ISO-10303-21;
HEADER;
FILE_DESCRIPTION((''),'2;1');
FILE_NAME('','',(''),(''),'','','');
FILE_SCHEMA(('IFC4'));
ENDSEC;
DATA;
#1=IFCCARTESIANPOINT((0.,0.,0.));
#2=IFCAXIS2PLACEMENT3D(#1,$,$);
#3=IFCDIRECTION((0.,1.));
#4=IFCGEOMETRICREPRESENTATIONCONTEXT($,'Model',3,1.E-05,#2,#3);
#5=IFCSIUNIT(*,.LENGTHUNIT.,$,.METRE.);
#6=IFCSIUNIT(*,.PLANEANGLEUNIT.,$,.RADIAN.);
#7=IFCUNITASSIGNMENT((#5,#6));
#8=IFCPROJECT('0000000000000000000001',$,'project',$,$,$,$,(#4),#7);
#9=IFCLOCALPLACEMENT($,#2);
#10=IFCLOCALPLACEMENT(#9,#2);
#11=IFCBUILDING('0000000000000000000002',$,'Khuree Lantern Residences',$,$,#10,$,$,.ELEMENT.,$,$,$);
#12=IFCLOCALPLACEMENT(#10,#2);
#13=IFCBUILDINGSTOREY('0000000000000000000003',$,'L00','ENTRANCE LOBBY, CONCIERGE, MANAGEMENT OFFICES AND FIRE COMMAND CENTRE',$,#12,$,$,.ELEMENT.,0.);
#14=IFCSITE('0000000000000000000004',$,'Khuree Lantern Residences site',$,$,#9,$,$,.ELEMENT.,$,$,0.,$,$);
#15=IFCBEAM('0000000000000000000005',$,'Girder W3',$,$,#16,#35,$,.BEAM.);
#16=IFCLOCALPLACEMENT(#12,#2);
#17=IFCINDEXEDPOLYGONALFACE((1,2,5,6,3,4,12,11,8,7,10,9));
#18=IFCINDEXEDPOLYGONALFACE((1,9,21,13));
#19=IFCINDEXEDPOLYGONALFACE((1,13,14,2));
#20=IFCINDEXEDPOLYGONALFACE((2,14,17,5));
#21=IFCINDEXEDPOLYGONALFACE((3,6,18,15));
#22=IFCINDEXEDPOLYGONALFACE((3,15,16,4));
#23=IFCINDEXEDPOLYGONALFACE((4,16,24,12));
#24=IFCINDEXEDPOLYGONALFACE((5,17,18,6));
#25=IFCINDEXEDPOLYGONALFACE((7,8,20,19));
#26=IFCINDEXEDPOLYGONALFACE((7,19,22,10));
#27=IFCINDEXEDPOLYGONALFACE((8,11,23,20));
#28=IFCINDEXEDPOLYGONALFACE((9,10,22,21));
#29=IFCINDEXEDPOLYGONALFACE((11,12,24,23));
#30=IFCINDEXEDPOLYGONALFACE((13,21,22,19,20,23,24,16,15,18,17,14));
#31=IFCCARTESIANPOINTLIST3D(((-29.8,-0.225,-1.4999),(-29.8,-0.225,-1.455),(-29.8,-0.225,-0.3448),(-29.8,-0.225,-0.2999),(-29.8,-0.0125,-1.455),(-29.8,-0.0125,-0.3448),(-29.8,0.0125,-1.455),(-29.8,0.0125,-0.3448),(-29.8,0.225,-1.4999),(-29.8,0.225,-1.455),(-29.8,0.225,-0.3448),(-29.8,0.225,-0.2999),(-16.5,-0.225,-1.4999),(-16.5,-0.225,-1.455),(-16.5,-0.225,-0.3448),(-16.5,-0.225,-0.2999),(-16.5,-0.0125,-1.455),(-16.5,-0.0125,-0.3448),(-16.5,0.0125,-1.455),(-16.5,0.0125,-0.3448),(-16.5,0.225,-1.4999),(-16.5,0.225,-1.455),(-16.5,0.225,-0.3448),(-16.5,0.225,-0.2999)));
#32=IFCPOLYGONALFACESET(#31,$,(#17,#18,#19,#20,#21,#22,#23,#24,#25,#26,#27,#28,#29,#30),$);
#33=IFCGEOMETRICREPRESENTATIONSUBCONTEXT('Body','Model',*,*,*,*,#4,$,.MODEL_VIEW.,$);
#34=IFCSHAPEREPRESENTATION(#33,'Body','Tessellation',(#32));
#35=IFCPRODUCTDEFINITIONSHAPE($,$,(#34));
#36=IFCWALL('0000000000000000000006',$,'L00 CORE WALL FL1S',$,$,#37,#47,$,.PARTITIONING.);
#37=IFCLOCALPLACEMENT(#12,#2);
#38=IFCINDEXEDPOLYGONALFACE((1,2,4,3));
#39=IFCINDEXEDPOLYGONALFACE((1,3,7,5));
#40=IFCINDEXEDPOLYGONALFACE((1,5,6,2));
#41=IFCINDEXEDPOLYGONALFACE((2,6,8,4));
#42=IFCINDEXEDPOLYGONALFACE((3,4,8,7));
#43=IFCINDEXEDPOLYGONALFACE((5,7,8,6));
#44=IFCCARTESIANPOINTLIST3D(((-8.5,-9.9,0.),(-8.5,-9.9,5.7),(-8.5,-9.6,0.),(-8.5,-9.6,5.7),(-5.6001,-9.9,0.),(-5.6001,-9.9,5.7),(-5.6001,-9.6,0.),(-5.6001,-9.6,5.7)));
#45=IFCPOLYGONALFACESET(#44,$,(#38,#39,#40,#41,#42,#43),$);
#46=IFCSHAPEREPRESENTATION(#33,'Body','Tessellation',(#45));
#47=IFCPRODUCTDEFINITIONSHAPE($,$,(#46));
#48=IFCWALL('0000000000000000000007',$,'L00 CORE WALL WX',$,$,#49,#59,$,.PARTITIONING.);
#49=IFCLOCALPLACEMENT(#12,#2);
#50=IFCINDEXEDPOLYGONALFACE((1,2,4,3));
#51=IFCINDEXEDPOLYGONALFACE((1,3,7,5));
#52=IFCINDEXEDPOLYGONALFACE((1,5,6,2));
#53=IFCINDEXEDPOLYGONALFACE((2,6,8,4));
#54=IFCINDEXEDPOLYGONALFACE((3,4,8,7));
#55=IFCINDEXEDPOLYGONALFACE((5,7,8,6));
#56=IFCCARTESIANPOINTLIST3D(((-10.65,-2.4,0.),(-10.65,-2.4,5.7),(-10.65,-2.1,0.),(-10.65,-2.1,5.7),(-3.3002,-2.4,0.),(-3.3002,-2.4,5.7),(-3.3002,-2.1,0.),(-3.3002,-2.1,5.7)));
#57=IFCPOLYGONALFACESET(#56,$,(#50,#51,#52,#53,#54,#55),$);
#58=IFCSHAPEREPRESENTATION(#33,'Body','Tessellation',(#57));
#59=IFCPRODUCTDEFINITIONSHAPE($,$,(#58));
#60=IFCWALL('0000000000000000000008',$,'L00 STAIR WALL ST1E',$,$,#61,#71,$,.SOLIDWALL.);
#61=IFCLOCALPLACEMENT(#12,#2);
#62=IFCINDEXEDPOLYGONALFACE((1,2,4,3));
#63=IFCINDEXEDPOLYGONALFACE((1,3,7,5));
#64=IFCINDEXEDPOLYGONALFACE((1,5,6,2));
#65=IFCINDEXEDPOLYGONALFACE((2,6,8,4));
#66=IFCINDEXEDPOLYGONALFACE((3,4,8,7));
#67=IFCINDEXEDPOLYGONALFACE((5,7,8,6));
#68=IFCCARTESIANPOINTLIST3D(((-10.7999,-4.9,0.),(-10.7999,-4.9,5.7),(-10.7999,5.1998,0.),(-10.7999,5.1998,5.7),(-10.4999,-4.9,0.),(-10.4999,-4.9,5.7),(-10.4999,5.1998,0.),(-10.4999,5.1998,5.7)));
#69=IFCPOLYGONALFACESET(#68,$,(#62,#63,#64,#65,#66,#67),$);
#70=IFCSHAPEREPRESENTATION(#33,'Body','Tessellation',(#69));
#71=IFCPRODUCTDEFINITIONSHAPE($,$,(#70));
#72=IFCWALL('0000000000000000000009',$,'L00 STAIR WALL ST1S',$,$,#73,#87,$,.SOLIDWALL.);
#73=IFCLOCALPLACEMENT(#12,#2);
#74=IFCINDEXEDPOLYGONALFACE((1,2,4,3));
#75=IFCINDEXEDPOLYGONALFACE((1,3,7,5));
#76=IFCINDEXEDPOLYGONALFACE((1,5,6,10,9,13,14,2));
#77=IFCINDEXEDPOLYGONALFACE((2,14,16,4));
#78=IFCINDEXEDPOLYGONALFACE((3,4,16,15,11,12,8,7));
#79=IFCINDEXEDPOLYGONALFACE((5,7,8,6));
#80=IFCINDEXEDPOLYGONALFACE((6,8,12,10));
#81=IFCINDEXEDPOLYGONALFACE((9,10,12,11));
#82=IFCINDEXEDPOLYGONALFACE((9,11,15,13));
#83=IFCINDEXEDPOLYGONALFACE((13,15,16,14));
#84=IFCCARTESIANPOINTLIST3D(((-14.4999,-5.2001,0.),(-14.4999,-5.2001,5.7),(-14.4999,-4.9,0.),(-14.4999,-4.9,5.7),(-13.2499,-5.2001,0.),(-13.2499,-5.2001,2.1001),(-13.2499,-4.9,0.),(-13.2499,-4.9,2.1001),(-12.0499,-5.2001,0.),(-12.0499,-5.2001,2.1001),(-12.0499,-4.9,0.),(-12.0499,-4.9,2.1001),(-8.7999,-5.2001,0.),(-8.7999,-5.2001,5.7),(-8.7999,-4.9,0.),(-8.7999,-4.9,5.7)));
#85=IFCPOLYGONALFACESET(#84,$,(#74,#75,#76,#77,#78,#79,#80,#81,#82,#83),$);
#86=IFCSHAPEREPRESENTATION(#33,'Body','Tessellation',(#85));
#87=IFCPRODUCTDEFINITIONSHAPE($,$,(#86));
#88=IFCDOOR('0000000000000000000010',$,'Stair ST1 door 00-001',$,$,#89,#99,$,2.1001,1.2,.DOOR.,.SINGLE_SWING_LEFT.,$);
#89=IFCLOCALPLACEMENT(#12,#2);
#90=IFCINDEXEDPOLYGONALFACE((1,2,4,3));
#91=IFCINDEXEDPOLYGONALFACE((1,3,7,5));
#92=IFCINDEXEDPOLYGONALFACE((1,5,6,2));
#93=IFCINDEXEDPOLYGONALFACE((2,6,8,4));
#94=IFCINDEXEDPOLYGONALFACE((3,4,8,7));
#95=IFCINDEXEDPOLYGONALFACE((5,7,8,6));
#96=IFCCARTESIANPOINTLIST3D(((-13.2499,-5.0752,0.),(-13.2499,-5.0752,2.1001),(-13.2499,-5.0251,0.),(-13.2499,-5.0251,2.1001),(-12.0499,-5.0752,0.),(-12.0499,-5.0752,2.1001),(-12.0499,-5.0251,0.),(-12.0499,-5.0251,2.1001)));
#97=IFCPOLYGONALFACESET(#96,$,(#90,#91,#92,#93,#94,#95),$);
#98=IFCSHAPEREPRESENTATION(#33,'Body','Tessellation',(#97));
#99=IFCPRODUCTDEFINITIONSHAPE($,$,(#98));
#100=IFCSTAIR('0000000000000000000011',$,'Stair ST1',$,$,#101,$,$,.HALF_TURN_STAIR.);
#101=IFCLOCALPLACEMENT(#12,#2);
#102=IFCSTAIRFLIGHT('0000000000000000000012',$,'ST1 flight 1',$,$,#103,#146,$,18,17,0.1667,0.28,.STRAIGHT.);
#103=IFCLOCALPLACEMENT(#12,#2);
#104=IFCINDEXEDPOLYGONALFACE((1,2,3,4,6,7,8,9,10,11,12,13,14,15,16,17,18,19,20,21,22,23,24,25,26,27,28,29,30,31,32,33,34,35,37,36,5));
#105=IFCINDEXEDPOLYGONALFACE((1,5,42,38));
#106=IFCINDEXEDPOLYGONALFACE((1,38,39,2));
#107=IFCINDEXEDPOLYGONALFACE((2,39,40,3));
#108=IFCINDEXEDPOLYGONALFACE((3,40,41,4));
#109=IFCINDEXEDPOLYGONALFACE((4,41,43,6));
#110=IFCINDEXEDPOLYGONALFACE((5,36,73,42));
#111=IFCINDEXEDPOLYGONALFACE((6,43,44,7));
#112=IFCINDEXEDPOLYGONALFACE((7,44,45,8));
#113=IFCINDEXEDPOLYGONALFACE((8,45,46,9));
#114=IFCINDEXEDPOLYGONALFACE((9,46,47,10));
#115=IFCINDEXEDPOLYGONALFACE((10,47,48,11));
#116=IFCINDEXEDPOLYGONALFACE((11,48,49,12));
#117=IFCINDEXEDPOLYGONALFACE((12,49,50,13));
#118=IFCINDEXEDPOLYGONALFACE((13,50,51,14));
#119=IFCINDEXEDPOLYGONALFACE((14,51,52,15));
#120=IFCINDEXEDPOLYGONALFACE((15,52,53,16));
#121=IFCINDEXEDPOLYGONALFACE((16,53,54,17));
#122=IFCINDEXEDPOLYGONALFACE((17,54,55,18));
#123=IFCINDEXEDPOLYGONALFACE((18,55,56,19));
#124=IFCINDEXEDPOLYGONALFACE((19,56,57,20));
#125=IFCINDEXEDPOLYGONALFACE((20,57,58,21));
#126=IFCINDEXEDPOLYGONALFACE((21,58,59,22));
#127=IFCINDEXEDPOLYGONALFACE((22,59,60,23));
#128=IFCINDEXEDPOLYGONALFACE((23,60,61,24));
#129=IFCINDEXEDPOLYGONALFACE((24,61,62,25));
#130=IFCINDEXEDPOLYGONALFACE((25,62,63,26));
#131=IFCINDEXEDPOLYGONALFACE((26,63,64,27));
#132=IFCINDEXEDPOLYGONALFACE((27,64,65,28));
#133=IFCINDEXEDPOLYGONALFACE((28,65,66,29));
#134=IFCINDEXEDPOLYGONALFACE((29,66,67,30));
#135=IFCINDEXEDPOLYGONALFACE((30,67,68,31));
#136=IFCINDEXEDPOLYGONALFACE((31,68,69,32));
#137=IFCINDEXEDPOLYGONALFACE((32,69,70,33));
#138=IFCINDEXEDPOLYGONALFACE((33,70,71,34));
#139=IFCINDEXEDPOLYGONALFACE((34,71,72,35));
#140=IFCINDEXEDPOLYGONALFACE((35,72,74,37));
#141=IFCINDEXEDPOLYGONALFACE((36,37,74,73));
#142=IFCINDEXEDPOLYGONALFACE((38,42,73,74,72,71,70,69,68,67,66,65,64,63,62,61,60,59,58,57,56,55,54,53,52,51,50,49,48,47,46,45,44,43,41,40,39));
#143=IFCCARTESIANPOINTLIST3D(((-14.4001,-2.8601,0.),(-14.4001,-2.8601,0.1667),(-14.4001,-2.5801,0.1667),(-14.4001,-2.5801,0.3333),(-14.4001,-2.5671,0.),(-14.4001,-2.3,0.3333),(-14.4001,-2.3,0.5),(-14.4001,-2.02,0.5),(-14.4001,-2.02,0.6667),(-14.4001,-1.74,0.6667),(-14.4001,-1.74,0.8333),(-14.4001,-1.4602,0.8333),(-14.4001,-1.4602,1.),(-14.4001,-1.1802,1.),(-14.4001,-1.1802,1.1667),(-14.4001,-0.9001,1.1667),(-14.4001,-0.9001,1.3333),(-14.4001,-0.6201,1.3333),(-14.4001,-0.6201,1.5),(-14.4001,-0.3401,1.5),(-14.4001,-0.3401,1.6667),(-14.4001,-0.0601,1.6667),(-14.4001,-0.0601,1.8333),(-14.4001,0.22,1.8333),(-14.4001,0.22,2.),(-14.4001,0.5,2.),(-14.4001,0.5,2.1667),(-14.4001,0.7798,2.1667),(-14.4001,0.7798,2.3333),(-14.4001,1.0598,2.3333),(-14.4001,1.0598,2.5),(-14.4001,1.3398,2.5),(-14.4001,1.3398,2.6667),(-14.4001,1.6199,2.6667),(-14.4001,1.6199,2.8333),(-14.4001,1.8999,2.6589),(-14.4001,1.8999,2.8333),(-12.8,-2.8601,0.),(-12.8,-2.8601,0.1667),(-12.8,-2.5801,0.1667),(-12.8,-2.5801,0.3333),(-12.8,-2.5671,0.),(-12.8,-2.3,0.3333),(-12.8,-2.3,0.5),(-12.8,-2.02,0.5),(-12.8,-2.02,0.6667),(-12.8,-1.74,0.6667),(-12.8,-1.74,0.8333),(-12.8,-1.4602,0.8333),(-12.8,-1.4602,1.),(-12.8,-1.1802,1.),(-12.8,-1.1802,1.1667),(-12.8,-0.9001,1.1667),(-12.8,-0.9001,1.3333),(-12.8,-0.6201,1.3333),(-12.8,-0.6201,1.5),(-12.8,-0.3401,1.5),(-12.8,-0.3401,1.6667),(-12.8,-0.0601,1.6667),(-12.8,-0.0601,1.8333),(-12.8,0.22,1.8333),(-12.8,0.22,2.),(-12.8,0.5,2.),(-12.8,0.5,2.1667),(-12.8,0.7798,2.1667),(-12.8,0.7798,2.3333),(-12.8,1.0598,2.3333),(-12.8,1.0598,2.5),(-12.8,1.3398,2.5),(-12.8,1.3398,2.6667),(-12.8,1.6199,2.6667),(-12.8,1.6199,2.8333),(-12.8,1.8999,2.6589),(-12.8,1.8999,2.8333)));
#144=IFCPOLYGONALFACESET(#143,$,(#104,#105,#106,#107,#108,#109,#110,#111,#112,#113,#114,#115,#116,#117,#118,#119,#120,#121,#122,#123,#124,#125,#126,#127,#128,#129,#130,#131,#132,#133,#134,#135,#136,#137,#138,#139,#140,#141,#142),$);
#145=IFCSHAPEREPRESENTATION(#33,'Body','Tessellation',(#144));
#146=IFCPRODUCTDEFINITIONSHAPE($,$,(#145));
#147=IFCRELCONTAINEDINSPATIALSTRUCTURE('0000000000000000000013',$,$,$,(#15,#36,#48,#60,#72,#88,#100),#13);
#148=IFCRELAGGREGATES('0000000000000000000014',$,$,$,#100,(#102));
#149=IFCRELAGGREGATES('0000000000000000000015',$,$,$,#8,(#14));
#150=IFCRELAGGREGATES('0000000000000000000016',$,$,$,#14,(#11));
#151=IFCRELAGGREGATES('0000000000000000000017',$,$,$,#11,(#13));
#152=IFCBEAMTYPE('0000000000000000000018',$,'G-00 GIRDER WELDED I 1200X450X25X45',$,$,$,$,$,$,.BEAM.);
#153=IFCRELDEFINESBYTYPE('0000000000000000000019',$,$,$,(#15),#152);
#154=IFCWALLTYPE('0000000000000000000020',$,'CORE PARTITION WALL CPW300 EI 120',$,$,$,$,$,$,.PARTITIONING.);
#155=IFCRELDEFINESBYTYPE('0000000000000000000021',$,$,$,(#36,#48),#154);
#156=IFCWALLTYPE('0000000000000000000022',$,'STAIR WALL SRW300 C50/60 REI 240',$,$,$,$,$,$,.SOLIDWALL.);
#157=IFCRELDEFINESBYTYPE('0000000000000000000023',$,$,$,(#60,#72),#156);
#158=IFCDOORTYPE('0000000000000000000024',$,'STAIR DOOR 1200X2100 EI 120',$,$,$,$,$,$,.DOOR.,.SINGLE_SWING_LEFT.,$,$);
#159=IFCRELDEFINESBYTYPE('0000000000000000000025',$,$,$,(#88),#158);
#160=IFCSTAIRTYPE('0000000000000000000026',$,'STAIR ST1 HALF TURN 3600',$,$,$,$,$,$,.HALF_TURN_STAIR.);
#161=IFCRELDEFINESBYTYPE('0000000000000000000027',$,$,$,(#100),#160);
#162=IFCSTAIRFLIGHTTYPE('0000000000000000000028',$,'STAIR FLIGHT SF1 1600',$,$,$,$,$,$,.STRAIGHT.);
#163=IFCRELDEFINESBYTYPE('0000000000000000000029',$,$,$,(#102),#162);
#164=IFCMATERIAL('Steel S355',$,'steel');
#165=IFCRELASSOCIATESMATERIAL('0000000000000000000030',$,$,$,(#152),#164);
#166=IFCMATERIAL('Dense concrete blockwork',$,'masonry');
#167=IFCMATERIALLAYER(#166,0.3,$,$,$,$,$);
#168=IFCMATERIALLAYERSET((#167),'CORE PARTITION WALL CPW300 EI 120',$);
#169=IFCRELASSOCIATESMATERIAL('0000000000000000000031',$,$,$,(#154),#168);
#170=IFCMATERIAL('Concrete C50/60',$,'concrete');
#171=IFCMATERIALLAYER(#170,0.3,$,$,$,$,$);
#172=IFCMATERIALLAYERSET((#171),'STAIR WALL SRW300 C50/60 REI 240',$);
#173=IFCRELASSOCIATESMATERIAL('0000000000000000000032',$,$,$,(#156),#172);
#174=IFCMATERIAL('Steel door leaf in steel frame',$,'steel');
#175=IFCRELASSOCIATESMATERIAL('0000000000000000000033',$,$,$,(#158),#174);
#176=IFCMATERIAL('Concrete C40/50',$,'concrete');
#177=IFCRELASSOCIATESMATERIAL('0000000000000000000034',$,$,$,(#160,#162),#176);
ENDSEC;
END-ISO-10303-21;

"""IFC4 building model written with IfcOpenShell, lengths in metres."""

from ifc_helpers import new_model, si_unit, direction, frame, frame_2d, origin, origin_2d, place, context, subcontext, project, spatial, polyline, rectangle, i_section, outline, extrude, material, layer, layer_set, material_profile, profile_set, type_object, element, fill, aggregate, save


model = new_model("IFC4")

# Units and contexts
model_context = context("Model", 3, precision=1e-05, world=origin(), true_north=direction((0.0, 1.0)))
body_context = subcontext(model_context, "Body", "Model", "MODEL_VIEW")
ifc_project = project(units=[si_unit("LENGTHUNIT", "METRE"), si_unit("PLANEANGLEUNIT", "RADIAN")], contexts=[model_context])

# Site, building, storey
site_placement = place(None, origin())
site = spatial("IfcSite", under=ifc_project, at=site_placement, Name="Khuree Lantern Residences site", CompositionType="ELEMENT", RefElevation=0.0)
building_placement = place(site_placement, origin())
building = spatial("IfcBuilding", under=site, at=building_placement, Name="Khuree Lantern Residences", CompositionType="ELEMENT")
storey_placement = place(building_placement, origin())
storey = spatial("IfcBuildingStorey", under=building, at=storey_placement, Name="L00", Description="ENTRANCE LOBBY, CONCIERGE, MANAGEMENT OFFICES AND FIRE COMMAND CENTRE", CompositionType="ELEMENT", Elevation=0.0)

# Beam
ifc_material_1 = material(Name="Steel S355", Category="steel")
ifc_material_profile_1 = material_profile(ifc_material_1, i_section(OverallWidth=0.45, OverallDepth=1.2, WebThickness=0.0249, FlangeThickness=0.0449, at=origin_2d()), Name="WELDED I 1200X450X25X45")
ifc_profile_set_1 = profile_set([ifc_material_profile_1], Name="Steel S355")
beam_type_1 = type_object("IfcBeamType", Name="G-00 GIRDER WELDED I 1200X450X25X45", PredefinedType="BEAM", material=ifc_profile_set_1)
for number, where, z_axis, x_axis, name in (
    (1, (-29.8, 0.0, -0.8999), (1.0, 0.0, 0.0), (0.0, 1.0, 0.0), "Girder W3"),
):
    element("IfcBeam", number, at=place(storey_placement, frame(where, z_axis=z_axis, x_axis=x_axis)), inside=storey, type_object=beam_type_1, Name=name, PredefinedType="BEAM", context=body_context, shape_type="SweptSolid", body=[
        extrude(i_section(OverallWidth=0.45, OverallDepth=1.2, WebThickness=0.0249, FlangeThickness=0.0449, at=origin_2d()), origin(), (0.0, 0.0, 1.0), 13.3),
    ])

# Walls
ifc_material_2 = material(Name="Dense concrete blockwork", Category="masonry")
ifc_layer_1 = layer(ifc_material_2, 0.3)
ifc_layer_set_1 = layer_set([ifc_layer_1], Name="CORE PARTITION WALL CPW300 EI 120")
wall_type_1 = type_object("IfcWallType", Name="CORE PARTITION WALL CPW300 EI 120", PredefinedType="PARTITIONING", material=ifc_layer_set_1)
wall_1_placement = place(storey_placement, frame((-8.5, -9.75, 0.0), z_axis=(0.0, 0.0, 1.0), x_axis=(1.0, 0.0, 0.0)))
element("IfcWall", 2, at=wall_1_placement, inside=storey, type_object=wall_type_1, Name="L00 CORE WALL FL1S", PredefinedType="PARTITIONING", context=body_context, shape_type="SweptSolid", body=[
    extrude(rectangle(XDim=2.8999, YDim=0.3, at=frame_2d((1.45, 0.0))), origin(), (0.0, 0.0, 1.0), 5.7),
])
wall_2_placement = place(storey_placement, frame((-10.6499, -2.25, 0.0), z_axis=(0.0, 0.0, 1.0), x_axis=(1.0, 0.0, 0.0)))
element("IfcWall", 3, at=wall_2_placement, inside=storey, type_object=wall_type_1, Name="L00 CORE WALL WX", PredefinedType="PARTITIONING", context=body_context, shape_type="SweptSolid", body=[
    extrude(rectangle(XDim=7.3499, YDim=0.3, at=frame_2d((3.6748, 0.0))), origin(), (0.0, 0.0, 1.0), 5.7),
])
ifc_material_3 = material(Name="Concrete C50/60", Category="concrete")
ifc_layer_2 = layer(ifc_material_3, 0.3)
ifc_layer_set_2 = layer_set([ifc_layer_2], Name="STAIR WALL SRW300 C50/60 REI 240")
wall_type_2 = type_object("IfcWallType", Name="STAIR WALL SRW300 C50/60 REI 240", PredefinedType="SOLIDWALL", material=ifc_layer_set_2)
wall_3_placement = place(storey_placement, frame((-10.6499, -4.8999, 0.0), z_axis=(0.0, 0.0, 1.0), x_axis=(0.0, 1.0, 0.0)))
element("IfcWall", 4, at=wall_3_placement, inside=storey, type_object=wall_type_2, Name="L00 STAIR WALL ST1E", PredefinedType="SOLIDWALL", context=body_context, shape_type="SweptSolid", body=[
    extrude(rectangle(XDim=10.0999, YDim=0.3, at=frame_2d((5.0498, 0.0))), origin(), (0.0, 0.0, 1.0), 5.7),
])

# Wall, opening, door
wall_4_placement = place(storey_placement, frame((-14.5, -5.05, 0.0), z_axis=(0.0, 0.0, 1.0), x_axis=(1.0, 0.0, 0.0)))
wall_4 = element("IfcWall", 5, at=wall_4_placement, inside=storey, type_object=wall_type_2, Name="L00 STAIR WALL ST1S", PredefinedType="SOLIDWALL", context=body_context, shape_type="SweptSolid", body=[
    extrude(rectangle(XDim=5.7, YDim=0.3, at=frame_2d((2.8501, 0.0))), origin(), (0.0, 0.0, 1.0), 5.7),
])
opening_placement = place(wall_4_placement, frame((1.25, 0.0, 0.0)))
opening = element("IfcOpeningElement", 6, at=opening_placement, cuts=wall_4, PredefinedType="OPENING", context=body_context, shape_type="SweptSolid", body=[
    extrude(rectangle(XDim=1.2, YDim=2.1001, at=frame_2d((0.6001, 1.05))), frame((0.0, 0.1602, 0.0), z_axis=(0.0, -1.0, 0.0), x_axis=(1.0, 0.0, 0.0)), (0.0, 0.0, 1.0), 0.3201),
])
ifc_material_4 = material(Name="Steel door leaf in steel frame", Category="steel")
door_type = type_object("IfcDoorType", Name="STAIR DOOR 1200X2100 EI 120", OperationType="SINGLE_SWING_LEFT", PredefinedType="DOOR", material=ifc_material_4)
door_placement = place(opening_placement, origin())
door = element("IfcDoor", 7, at=door_placement, inside=storey, type_object=door_type, Name="Stair ST1 door 00-001", OperationType="SINGLE_SWING_LEFT", OverallHeight=2.1001, OverallWidth=1.2, PredefinedType="DOOR", context=body_context, shape_type="SweptSolid", body=[
    extrude(rectangle(XDim=1.2, YDim=2.1001, at=frame_2d((0.6001, 1.05))), frame((0.0, 0.0249, 0.0), z_axis=(0.0, -1.0, 0.0), x_axis=(1.0, 0.0, 0.0)), (0.0, 0.0, 1.0), 0.05),
])
fill(opening, door)

# Stair, stair flight
ifc_material_5 = material(Name="Concrete C40/50", Category="concrete")
stair_type = type_object("IfcStairType", Name="STAIR ST1 HALF TURN 3600", PredefinedType="HALF_TURN_STAIR", material=ifc_material_5)
stair_placement = place(storey_placement, origin())
stair = element("IfcStair", 8, at=stair_placement, inside=storey, type_object=stair_type, Name="Stair ST1", PredefinedType="HALF_TURN_STAIR")
stair_flight_type = type_object("IfcStairFlightType", Name="STAIR FLIGHT SF1 1600", PredefinedType="STRAIGHT", material=ifc_material_5)
stair_flight_placement = place(storey_placement, frame((-13.6001, -2.8601, 0.0), z_axis=(0.0, 0.0, 1.0), x_axis=(0.0, 1.0, 0.0)))
stair_flight = element("IfcStairFlight", 9, at=stair_flight_placement, type_object=stair_flight_type, Name="ST1 flight 1", NumberOfRisers=18, NumberOfTreads=17, PredefinedType="STRAIGHT", RiserHeight=0.1667, TreadLength=0.28, context=body_context, shape_type="SweptSolid", body=[
    extrude(outline(polyline([(0.0, 0.0), (0.0, 0.1667), (0.28, 0.1667), (0.28, 0.3333), (0.5601, 0.3333), (0.5601, 0.5), (0.8401, 0.5), (0.8401, 0.6667), (1.1201, 0.6667), (1.1201, 0.8333), (1.3999, 0.8333), (1.3999, 1.0), (1.6799, 1.0), (1.6799, 1.1667), (1.96, 1.1667), (1.96, 1.3333), (2.24, 1.3333), (2.24, 1.5), (2.52, 1.5), (2.52, 1.6667), (2.8, 1.6667), (2.8, 1.8333), (3.0801, 1.8333), (3.0801, 2.0), (3.3601, 2.0), (3.3601, 2.1667), (3.6399, 2.1667), (3.6399, 2.3333), (3.9199, 2.3333), (3.9199, 2.5), (4.2, 2.5), (4.2, 2.6667), (4.48, 2.6667), (4.48, 2.8333), (4.76, 2.8333), (4.76, 3.0), (4.76, 2.6589), (0.293, 0.0), (0.0, 0.0)])), frame((0.0, 0.8, 0.0), z_axis=(0.0, -1.0, 0.0), x_axis=(1.0, 0.0, 0.0)), (0.0, 0.0, 1.0), 1.6001),
])
aggregate(stair, [stair_flight])

save(model, "model.ifc")
